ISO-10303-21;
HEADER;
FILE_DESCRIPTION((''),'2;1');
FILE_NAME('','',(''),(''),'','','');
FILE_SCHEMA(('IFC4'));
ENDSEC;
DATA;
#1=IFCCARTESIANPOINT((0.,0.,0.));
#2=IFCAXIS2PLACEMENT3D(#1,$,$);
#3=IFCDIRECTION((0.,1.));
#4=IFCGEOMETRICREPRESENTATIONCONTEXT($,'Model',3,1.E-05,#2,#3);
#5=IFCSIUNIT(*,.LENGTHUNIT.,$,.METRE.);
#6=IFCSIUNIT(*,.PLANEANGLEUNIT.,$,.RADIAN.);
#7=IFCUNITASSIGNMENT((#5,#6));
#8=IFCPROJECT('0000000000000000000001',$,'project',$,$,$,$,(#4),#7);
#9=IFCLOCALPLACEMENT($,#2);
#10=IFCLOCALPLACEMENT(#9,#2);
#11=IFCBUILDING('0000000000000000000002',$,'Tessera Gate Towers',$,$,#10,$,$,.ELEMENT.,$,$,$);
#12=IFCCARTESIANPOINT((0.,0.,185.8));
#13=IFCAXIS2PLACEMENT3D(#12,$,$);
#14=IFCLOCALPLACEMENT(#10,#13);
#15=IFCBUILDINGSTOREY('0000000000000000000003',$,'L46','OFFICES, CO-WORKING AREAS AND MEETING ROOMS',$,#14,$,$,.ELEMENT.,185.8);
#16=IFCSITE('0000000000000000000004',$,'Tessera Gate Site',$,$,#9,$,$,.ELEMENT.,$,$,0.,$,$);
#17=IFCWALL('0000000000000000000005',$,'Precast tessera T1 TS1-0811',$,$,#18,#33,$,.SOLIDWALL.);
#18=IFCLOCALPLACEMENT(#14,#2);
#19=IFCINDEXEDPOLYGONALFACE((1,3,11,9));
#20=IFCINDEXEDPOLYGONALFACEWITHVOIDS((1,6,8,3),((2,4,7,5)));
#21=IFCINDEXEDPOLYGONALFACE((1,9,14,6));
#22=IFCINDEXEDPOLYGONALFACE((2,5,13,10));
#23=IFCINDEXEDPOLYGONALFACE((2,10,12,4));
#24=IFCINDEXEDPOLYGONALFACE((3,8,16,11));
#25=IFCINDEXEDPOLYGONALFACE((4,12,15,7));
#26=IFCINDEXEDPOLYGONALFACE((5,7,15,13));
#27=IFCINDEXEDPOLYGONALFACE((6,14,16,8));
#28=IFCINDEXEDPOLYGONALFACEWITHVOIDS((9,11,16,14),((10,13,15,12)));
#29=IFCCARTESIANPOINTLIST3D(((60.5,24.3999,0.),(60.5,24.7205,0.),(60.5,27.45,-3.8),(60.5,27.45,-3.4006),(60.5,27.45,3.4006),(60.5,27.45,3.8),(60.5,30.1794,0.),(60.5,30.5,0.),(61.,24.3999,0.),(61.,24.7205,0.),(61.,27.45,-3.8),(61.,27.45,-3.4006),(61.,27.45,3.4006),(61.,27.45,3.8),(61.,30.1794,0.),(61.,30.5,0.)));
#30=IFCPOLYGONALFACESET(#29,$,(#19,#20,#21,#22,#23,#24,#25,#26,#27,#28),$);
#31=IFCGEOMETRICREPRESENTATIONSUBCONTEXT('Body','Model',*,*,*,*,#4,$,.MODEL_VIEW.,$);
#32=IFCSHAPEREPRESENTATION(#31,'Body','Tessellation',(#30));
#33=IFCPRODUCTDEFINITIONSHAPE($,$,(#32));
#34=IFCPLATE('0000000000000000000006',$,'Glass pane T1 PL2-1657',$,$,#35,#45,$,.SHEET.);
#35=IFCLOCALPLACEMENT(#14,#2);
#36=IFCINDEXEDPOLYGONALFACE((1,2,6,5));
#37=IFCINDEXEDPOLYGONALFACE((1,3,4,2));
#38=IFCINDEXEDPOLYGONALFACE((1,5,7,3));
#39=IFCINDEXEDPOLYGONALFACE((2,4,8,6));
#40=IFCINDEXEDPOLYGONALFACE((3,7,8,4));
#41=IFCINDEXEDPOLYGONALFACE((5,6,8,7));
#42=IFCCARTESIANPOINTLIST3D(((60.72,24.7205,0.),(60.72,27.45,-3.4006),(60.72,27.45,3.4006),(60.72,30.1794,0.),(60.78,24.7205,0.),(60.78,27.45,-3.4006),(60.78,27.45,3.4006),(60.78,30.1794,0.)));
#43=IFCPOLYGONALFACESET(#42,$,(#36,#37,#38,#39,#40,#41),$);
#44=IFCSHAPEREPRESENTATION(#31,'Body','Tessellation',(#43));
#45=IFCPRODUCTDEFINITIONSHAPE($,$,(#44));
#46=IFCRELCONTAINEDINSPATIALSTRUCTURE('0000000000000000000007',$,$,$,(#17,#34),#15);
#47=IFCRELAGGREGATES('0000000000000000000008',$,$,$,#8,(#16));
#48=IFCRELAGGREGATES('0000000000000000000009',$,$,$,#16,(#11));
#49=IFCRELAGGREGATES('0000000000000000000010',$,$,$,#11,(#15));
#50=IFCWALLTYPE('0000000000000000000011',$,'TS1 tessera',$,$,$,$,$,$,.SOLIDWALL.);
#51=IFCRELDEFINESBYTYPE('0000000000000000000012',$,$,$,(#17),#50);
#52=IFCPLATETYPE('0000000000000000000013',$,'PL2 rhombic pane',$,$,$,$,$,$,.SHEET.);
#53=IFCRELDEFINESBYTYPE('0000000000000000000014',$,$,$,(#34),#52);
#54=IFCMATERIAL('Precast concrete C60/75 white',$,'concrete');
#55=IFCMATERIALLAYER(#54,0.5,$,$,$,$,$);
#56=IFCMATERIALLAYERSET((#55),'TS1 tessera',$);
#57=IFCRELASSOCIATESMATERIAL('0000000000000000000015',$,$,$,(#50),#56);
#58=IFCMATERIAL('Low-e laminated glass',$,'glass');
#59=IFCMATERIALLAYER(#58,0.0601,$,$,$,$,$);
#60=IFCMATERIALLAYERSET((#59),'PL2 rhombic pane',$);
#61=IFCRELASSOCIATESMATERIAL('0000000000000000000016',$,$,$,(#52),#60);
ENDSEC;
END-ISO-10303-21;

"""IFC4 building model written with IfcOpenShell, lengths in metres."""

from ifc_helpers import new_model, si_unit, direction, frame, origin, place, context, subcontext, project, spatial, polyline, outline, extrude, source, transform, mapped, material, layer, layer_set, type_object, element, fill, save


model = new_model("IFC4")

# Units and contexts
model_context = context("Model", 3, precision=1e-05, world=origin(), true_north=direction((0.0, 1.0)))
body_context = subcontext(model_context, "Body", "Model", "MODEL_VIEW")
ifc_project = project(units=[si_unit("LENGTHUNIT", "METRE"), si_unit("PLANEANGLEUNIT", "RADIAN")], contexts=[model_context])

# Site, building, storey
site_placement = place(None, origin())
site = spatial("IfcSite", under=ifc_project, at=site_placement, Name="Tessera Gate Site", CompositionType="ELEMENT", RefElevation=0.0)
building_placement = place(site_placement, origin())
building = spatial("IfcBuilding", under=site, at=building_placement, Name="Tessera Gate Towers", CompositionType="ELEMENT")
storey_placement = place(building_placement, frame((0.0, 0.0, 185.8)))
storey = spatial("IfcBuildingStorey", under=building, at=storey_placement, Name="L46", Description="OFFICES, CO-WORKING AREAS AND MEETING ROOMS", CompositionType="ELEMENT", Elevation=185.8)

# Wall, opening, plate
ifc_material_1 = material(Name="Precast concrete C60/75 white", Category="concrete")
ifc_layer_1 = layer(ifc_material_1, 0.5)
ifc_layer_set_1 = layer_set([ifc_layer_1], Name="TS1 tessera")
wall_type_1 = type_object("IfcWallType", Name="TS1 tessera", PredefinedType="SOLIDWALL", material=ifc_layer_set_1)
shared_shape_1 = source(origin(), body_context, "Body", "SweptSolid", [
    extrude(outline(polyline([(3.05, 0.0), (6.1001, 3.8), (3.05, 7.6001), (0.0, 3.8), (3.05, 0.0)])), frame((0.0, 0.25, 0.0), z_axis=(0.0, -1.0, 0.0), x_axis=(1.0, 0.0, 0.0)), (0.0, 0.0, 1.0), 0.5),
])
wall_1_placement = place(storey_placement, frame((60.75, 24.3999, -3.8), z_axis=(0.0, 0.0, 1.0), x_axis=(0.0, 1.0, 0.0)))
wall_1 = element("IfcWall", 1, at=wall_1_placement, inside=storey, type_object=wall_type_1, Name="Precast tessera T1 TS1-0811", PredefinedType="SOLIDWALL", context=body_context, shape_type="MappedRepresentation", body=[
    mapped(shared_shape_1, transform((0.0, 0.0, 0.0), scale=1.0)),
])
shared_shape_2 = source(origin(), body_context, "Body", "SweptSolid", [
    extrude(outline(polyline([(3.05, 0.3994), (5.7795, 3.8), (3.05, 7.2007), (0.3206, 3.8), (3.05, 0.3994)])), frame((0.0, 0.26, 0.0), z_axis=(0.0, -1.0, 0.0), x_axis=(1.0, 0.0, 0.0)), (0.0, 0.0, 1.0), 0.52),
])
opening_1_placement = place(wall_1_placement, origin())
opening_1 = element("IfcOpeningElement", 2, at=opening_1_placement, cuts=wall_1, PredefinedType="OPENING", context=body_context, shape_type="MappedRepresentation", body=[
    mapped(shared_shape_2, transform((0.0, 0.0, 0.0), scale=1.0)),
])
ifc_material_2 = material(Name="Low-e laminated glass", Category="glass")
ifc_layer_2 = layer(ifc_material_2, 0.0601)
ifc_layer_set_2 = layer_set([ifc_layer_2], Name="PL2 rhombic pane")
plate_type = type_object("IfcPlateType", Name="PL2 rhombic pane", PredefinedType="SHEET", material=ifc_layer_set_2)
shared_shape_3 = source(origin(), body_context, "Body", "SweptSolid", [
    extrude(outline(polyline([(3.05, 0.3994), (5.7795, 3.8), (3.05, 7.2007), (0.3206, 3.8), (3.05, 0.3994)])), frame((0.0, 0.03, 0.0), z_axis=(0.0, -1.0, 0.0), x_axis=(1.0, 0.0, 0.0)), (0.0, 0.0, 1.0), 0.0601),
])
plate_placement = place(opening_1_placement, origin())
plate = element("IfcPlate", 3, at=plate_placement, inside=storey, type_object=plate_type, Name="Glass pane T1 PL2-1657", PredefinedType="SHEET", context=body_context, shape_type="MappedRepresentation", body=[
    mapped(shared_shape_3, transform((0.0, 0.0, 0.0), scale=1.0)),
])
fill(opening_1, plate)

save(model, "model.ifc")
